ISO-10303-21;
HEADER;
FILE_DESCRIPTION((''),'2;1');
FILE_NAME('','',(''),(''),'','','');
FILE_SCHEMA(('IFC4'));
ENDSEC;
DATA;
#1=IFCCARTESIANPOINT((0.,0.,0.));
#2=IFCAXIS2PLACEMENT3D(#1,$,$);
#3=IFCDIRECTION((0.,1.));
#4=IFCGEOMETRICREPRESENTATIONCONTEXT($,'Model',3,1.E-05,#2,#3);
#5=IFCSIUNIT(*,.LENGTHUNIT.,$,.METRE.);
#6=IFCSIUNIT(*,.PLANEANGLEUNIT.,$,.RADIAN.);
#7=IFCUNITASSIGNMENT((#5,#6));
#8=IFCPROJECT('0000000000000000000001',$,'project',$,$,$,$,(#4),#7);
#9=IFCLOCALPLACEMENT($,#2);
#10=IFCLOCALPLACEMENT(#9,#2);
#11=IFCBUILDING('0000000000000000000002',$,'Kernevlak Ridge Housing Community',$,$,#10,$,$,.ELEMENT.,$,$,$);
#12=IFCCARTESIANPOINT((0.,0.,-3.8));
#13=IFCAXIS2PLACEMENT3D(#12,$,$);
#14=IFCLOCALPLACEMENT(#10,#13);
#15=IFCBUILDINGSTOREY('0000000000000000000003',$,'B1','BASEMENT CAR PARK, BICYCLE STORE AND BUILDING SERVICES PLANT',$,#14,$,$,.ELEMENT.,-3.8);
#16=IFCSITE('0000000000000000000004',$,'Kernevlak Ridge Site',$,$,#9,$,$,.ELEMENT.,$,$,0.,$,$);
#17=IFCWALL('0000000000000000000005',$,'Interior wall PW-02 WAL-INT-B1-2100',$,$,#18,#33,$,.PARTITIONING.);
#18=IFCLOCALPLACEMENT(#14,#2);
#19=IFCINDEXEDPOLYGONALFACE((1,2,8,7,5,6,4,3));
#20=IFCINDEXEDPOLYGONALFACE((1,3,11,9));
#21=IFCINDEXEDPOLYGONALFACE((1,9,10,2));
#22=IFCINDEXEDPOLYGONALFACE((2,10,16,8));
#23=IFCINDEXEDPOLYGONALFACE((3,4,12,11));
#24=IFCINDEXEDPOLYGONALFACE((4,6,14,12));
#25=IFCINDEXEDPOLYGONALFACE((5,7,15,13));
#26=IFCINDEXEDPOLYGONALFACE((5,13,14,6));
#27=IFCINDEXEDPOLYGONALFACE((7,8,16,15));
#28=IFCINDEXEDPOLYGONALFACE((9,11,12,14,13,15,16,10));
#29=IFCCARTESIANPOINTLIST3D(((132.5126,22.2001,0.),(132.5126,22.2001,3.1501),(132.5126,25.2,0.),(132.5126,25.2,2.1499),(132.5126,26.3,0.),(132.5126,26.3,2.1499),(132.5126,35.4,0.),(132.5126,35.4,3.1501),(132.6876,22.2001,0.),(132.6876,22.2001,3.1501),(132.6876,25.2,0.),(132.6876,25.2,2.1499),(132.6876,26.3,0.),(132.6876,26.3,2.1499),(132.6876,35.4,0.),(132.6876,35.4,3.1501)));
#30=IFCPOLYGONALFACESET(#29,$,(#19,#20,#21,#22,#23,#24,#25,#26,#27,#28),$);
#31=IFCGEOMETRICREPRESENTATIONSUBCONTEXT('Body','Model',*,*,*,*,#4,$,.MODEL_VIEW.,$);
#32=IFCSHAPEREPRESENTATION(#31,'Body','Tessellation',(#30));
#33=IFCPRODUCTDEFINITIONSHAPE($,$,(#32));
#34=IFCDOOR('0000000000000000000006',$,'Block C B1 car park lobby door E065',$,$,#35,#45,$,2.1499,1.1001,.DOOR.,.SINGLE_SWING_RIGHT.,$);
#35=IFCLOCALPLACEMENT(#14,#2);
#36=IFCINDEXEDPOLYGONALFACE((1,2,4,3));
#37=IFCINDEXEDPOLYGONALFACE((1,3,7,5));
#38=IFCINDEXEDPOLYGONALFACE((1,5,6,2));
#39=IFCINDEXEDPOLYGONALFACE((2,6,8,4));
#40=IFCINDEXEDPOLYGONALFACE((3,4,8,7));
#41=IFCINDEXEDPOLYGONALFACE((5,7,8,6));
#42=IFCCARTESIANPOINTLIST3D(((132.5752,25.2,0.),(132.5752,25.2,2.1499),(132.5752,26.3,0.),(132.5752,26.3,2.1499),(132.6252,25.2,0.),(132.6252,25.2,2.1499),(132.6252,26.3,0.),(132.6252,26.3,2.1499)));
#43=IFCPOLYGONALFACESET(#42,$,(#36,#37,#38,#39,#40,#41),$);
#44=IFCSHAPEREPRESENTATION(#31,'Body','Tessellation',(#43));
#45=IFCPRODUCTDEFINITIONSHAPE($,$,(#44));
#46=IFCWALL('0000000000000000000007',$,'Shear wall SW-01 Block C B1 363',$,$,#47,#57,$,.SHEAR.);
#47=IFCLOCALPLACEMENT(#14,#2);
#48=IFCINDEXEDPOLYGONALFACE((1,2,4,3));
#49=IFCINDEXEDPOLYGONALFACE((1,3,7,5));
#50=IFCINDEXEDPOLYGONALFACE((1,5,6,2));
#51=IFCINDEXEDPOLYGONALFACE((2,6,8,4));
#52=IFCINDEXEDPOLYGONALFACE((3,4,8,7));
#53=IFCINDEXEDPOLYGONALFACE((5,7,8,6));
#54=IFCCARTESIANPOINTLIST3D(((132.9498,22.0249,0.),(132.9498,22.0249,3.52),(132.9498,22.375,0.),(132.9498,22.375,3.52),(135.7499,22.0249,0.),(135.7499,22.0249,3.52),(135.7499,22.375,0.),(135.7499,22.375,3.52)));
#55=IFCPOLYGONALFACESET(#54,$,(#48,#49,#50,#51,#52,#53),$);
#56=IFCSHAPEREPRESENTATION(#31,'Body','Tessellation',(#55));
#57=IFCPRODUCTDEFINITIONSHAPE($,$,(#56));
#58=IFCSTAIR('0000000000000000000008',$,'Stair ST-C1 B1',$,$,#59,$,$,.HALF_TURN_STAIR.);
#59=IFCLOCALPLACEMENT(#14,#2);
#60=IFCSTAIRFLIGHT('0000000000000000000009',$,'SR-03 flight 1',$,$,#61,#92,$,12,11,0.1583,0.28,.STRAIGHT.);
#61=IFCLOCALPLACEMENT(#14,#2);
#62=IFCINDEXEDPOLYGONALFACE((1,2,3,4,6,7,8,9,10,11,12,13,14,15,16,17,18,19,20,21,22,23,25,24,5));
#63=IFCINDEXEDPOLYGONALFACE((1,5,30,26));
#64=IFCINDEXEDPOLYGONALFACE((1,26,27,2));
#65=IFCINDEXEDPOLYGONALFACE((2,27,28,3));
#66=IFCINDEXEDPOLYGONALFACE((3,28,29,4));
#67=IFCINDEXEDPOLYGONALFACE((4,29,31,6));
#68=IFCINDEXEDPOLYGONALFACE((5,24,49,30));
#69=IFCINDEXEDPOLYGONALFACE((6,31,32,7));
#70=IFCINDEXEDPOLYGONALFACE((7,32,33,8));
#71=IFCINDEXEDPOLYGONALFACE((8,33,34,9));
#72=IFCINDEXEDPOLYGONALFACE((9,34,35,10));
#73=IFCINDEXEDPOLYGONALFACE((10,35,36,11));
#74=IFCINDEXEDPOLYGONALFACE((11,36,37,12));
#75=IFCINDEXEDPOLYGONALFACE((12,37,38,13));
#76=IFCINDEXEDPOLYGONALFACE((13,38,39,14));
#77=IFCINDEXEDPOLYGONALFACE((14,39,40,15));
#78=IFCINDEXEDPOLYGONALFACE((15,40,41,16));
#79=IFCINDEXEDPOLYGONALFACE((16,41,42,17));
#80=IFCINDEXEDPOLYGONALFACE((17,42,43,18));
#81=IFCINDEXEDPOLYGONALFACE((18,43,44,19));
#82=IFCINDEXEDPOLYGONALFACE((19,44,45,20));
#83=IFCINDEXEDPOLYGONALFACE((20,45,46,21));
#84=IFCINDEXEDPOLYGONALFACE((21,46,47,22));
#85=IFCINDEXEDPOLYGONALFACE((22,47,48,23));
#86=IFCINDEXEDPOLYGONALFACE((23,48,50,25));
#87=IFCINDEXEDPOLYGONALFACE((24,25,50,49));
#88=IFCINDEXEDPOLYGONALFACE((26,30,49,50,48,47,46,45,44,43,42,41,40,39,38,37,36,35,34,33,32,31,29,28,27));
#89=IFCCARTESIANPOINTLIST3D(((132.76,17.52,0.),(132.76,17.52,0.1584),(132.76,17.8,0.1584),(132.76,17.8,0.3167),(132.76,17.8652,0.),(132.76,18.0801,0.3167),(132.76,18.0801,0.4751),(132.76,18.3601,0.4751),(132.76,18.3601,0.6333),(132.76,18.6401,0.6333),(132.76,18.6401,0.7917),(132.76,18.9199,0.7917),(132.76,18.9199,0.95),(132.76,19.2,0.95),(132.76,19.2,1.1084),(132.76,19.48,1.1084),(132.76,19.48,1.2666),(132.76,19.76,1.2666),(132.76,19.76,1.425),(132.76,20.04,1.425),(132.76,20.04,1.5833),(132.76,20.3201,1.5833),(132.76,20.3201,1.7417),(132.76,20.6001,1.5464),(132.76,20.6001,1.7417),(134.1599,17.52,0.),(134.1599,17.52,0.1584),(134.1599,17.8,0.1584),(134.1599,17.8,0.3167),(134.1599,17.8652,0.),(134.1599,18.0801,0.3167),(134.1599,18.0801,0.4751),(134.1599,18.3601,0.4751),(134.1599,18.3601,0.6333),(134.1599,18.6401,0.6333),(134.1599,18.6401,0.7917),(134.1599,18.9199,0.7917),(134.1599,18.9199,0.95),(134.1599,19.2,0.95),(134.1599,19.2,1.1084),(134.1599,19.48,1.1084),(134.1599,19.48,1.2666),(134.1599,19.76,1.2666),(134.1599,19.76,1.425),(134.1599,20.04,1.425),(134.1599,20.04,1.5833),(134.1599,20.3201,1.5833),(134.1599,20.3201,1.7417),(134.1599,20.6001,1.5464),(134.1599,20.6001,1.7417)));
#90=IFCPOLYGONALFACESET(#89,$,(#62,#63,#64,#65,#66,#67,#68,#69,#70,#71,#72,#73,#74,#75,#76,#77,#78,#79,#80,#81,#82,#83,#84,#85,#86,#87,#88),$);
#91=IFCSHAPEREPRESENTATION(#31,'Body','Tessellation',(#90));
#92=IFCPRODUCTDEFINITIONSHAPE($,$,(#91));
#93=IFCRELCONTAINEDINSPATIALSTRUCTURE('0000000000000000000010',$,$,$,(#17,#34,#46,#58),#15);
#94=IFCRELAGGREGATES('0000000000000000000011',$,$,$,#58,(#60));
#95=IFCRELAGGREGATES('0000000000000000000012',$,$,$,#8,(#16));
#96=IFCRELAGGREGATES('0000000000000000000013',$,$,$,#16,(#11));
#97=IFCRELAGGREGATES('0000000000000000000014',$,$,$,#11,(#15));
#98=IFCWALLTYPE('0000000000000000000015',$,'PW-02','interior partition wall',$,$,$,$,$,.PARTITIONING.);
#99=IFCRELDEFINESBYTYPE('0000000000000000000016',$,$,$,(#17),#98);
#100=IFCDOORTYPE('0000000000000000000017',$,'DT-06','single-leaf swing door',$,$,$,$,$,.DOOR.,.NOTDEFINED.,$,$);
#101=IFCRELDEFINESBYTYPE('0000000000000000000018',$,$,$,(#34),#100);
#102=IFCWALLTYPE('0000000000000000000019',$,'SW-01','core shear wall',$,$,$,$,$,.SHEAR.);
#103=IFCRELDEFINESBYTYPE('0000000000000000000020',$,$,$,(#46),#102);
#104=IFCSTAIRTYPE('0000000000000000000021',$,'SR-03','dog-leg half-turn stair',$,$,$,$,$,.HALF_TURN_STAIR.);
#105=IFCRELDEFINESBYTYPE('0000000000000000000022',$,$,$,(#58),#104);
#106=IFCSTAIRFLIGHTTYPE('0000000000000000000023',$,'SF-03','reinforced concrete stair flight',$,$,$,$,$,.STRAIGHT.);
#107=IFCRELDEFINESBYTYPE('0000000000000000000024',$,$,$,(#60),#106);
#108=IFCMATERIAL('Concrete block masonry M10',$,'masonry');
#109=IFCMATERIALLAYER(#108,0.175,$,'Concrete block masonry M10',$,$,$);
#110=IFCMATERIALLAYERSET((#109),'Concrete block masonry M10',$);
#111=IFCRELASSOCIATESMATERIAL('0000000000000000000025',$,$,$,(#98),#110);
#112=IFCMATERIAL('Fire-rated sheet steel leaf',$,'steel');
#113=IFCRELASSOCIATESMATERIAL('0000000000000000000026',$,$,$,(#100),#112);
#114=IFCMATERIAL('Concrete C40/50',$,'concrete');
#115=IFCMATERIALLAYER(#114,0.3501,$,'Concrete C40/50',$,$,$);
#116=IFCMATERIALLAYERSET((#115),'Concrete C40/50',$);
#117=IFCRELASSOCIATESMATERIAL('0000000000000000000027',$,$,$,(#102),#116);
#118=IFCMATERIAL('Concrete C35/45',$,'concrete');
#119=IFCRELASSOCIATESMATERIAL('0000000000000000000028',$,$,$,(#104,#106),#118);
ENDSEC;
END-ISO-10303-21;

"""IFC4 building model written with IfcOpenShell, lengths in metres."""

from ifc_helpers import new_model, si_unit, direction, frame, frame_2d, origin, place, context, subcontext, project, spatial, polyline, rectangle, outline, extrude, material, layer, layer_set, type_object, element, fill, aggregate, save


model = new_model("IFC4")

# Units and contexts
model_context = context("Model", 3, precision=1e-05, world=origin(), true_north=direction((0.0, 1.0)))
body_context = subcontext(model_context, "Body", "Model", "MODEL_VIEW")
ifc_project = project(units=[si_unit("LENGTHUNIT", "METRE"), si_unit("PLANEANGLEUNIT", "RADIAN")], contexts=[model_context])

# Site, building, storey
site_placement = place(None, origin())
site = spatial("IfcSite", under=ifc_project, at=site_placement, Name="Kernevlak Ridge Site", CompositionType="ELEMENT", RefElevation=0.0)
building_placement = place(site_placement, origin())
building = spatial("IfcBuilding", under=site, at=building_placement, Name="Kernevlak Ridge Housing Community", CompositionType="ELEMENT")
storey_placement = place(building_placement, frame((0.0, 0.0, -3.8)))
storey = spatial("IfcBuildingStorey", under=building, at=storey_placement, Name="B1", Description="BASEMENT CAR PARK, BICYCLE STORE AND BUILDING SERVICES PLANT", CompositionType="ELEMENT", Elevation=-3.8)

# Shared definitions
ifc_material_1 = material(Name="Concrete C35/45", Category="concrete")

# Shared definitions
ifc_material_2 = material(Name="Concrete C40/50", Category="concrete")

# Wall, opening, door
ifc_material_3 = material(Name="Concrete block masonry M10", Category="masonry")
ifc_layer_1 = layer(ifc_material_3, 0.175, Name="Concrete block masonry M10")
ifc_layer_set_1 = layer_set([ifc_layer_1], Name="Concrete block masonry M10")
wall_type_1 = type_object("IfcWallType", Name="PW-02", Description="interior partition wall", PredefinedType="PARTITIONING", material=ifc_layer_set_1)
wall_1_placement = place(storey_placement, frame((132.6001, 22.2, 0.0), z_axis=(0.0, 0.0, 1.0), x_axis=(0.0, 1.0, 0.0)))
wall_1 = element("IfcWall", 1, at=wall_1_placement, inside=storey, type_object=wall_type_1, Name="Interior wall PW-02 WAL-INT-B1-2100", PredefinedType="PARTITIONING", context=body_context, shape_type="SweptSolid", body=[
    extrude(rectangle(XDim=13.2, YDim=0.175, at=frame_2d((6.6001, 0.0))), origin(), (0.0, 0.0, 1.0), 3.1501),
])
opening_1_placement = place(wall_1_placement, frame((3.0, 0.0, 0.0)))
opening_1 = element("IfcOpeningElement", 2, at=opening_1_placement, cuts=wall_1, PredefinedType="OPENING", context=body_context, shape_type="SweptSolid", body=[
    extrude(rectangle(XDim=1.1001, YDim=2.1499, at=frame_2d((0.55, 1.075))), frame((0.0, 0.0974, 0.0), z_axis=(0.0, -1.0, 0.0), x_axis=(1.0, 0.0, 0.0)), (0.0, 0.0, 1.0), 0.1951),
])
ifc_material_4 = material(Name="Fire-rated sheet steel leaf", Category="steel")
door_type_1 = type_object("IfcDoorType", Name="DT-06", Description="single-leaf swing door", OperationType="NOTDEFINED", PredefinedType="DOOR", material=ifc_material_4)
door_1_placement = place(opening_1_placement, origin())
door_1 = element("IfcDoor", 3, at=door_1_placement, inside=storey, type_object=door_type_1, Name="Block C B1 car park lobby door E065", OperationType="SINGLE_SWING_RIGHT", OverallHeight=2.1499, OverallWidth=1.1001, PredefinedType="DOOR", context=body_context, shape_type="SweptSolid", body=[
    extrude(rectangle(XDim=1.1001, YDim=2.1499, at=frame_2d((0.55, 1.075))), frame((0.0, 0.0249, 0.0), z_axis=(0.0, -1.0, 0.0), x_axis=(1.0, 0.0, 0.0)), (0.0, 0.0, 1.0), 0.05),
])
fill(opening_1, door_1)

# Wall
ifc_layer_2 = layer(ifc_material_2, 0.3501, Name="Concrete C40/50")
ifc_layer_set_2 = layer_set([ifc_layer_2], Name="Concrete C40/50")
wall_type_2 = type_object("IfcWallType", Name="SW-01", Description="core shear wall", PredefinedType="SHEAR", material=ifc_layer_set_2)
wall_2_placement = place(storey_placement, frame((132.95, 22.2, 0.0), z_axis=(0.0, 0.0, 1.0), x_axis=(1.0, 0.0, 0.0)))
element("IfcWall", 4, at=wall_2_placement, inside=storey, type_object=wall_type_2, Name="Shear wall SW-01 Block C B1 363", PredefinedType="SHEAR", context=body_context, shape_type="SweptSolid", body=[
    extrude(rectangle(XDim=2.8, YDim=0.3501, at=frame_2d((1.3999, 0.0))), origin(), (0.0, 0.0, 1.0), 3.52),
])

# Stair, stair flight
stair_type = type_object("IfcStairType", Name="SR-03", Description="dog-leg half-turn stair", PredefinedType="HALF_TURN_STAIR", material=ifc_material_1)
stair_placement = place(storey_placement, origin())
stair = element("IfcStair", 5, at=stair_placement, inside=storey, type_object=stair_type, Name="Stair ST-C1 B1", PredefinedType="HALF_TURN_STAIR")
stair_flight_type = type_object("IfcStairFlightType", Name="SF-03", Description="reinforced concrete stair flight", PredefinedType="STRAIGHT", material=ifc_material_1)
stair_flight_placement = place(storey_placement, frame((133.46, 17.52, 0.0), z_axis=(0.0, 0.0, 1.0), x_axis=(0.0, 1.0, 0.0)))
stair_flight = element("IfcStairFlight", 6, at=stair_flight_placement, type_object=stair_flight_type, Name="SR-03 flight 1", NumberOfRisers=12, NumberOfTreads=11, PredefinedType="STRAIGHT", RiserHeight=0.1583, TreadLength=0.28, context=body_context, shape_type="SweptSolid", body=[
    extrude(outline(polyline([(0.0, 0.0), (0.0, 0.1584), (0.28, 0.1584), (0.28, 0.3167), (0.5601, 0.3167), (0.5601, 0.4751), (0.8401, 0.4751), (0.8401, 0.6333), (1.1201, 0.6333), (1.1201, 0.7917), (1.3999, 0.7917), (1.3999, 0.95), (1.6799, 0.95), (1.6799, 1.1084), (1.96, 1.1084), (1.96, 1.2666), (2.24, 1.2666), (2.24, 1.425), (2.52, 1.425), (2.52, 1.5833), (2.8, 1.5833), (2.8, 1.7417), (3.0801, 1.7417), (3.0801, 1.8999), (3.0801, 1.5464), (0.3452, 0.0), (0.0, 0.0)])), frame((0.0, 0.7, 0.0), z_axis=(0.0, -1.0, 0.0), x_axis=(1.0, 0.0, 0.0)), (0.0, 0.0, 1.0), 1.3999),
])
aggregate(stair, [stair_flight])

save(model, "model.ifc")
